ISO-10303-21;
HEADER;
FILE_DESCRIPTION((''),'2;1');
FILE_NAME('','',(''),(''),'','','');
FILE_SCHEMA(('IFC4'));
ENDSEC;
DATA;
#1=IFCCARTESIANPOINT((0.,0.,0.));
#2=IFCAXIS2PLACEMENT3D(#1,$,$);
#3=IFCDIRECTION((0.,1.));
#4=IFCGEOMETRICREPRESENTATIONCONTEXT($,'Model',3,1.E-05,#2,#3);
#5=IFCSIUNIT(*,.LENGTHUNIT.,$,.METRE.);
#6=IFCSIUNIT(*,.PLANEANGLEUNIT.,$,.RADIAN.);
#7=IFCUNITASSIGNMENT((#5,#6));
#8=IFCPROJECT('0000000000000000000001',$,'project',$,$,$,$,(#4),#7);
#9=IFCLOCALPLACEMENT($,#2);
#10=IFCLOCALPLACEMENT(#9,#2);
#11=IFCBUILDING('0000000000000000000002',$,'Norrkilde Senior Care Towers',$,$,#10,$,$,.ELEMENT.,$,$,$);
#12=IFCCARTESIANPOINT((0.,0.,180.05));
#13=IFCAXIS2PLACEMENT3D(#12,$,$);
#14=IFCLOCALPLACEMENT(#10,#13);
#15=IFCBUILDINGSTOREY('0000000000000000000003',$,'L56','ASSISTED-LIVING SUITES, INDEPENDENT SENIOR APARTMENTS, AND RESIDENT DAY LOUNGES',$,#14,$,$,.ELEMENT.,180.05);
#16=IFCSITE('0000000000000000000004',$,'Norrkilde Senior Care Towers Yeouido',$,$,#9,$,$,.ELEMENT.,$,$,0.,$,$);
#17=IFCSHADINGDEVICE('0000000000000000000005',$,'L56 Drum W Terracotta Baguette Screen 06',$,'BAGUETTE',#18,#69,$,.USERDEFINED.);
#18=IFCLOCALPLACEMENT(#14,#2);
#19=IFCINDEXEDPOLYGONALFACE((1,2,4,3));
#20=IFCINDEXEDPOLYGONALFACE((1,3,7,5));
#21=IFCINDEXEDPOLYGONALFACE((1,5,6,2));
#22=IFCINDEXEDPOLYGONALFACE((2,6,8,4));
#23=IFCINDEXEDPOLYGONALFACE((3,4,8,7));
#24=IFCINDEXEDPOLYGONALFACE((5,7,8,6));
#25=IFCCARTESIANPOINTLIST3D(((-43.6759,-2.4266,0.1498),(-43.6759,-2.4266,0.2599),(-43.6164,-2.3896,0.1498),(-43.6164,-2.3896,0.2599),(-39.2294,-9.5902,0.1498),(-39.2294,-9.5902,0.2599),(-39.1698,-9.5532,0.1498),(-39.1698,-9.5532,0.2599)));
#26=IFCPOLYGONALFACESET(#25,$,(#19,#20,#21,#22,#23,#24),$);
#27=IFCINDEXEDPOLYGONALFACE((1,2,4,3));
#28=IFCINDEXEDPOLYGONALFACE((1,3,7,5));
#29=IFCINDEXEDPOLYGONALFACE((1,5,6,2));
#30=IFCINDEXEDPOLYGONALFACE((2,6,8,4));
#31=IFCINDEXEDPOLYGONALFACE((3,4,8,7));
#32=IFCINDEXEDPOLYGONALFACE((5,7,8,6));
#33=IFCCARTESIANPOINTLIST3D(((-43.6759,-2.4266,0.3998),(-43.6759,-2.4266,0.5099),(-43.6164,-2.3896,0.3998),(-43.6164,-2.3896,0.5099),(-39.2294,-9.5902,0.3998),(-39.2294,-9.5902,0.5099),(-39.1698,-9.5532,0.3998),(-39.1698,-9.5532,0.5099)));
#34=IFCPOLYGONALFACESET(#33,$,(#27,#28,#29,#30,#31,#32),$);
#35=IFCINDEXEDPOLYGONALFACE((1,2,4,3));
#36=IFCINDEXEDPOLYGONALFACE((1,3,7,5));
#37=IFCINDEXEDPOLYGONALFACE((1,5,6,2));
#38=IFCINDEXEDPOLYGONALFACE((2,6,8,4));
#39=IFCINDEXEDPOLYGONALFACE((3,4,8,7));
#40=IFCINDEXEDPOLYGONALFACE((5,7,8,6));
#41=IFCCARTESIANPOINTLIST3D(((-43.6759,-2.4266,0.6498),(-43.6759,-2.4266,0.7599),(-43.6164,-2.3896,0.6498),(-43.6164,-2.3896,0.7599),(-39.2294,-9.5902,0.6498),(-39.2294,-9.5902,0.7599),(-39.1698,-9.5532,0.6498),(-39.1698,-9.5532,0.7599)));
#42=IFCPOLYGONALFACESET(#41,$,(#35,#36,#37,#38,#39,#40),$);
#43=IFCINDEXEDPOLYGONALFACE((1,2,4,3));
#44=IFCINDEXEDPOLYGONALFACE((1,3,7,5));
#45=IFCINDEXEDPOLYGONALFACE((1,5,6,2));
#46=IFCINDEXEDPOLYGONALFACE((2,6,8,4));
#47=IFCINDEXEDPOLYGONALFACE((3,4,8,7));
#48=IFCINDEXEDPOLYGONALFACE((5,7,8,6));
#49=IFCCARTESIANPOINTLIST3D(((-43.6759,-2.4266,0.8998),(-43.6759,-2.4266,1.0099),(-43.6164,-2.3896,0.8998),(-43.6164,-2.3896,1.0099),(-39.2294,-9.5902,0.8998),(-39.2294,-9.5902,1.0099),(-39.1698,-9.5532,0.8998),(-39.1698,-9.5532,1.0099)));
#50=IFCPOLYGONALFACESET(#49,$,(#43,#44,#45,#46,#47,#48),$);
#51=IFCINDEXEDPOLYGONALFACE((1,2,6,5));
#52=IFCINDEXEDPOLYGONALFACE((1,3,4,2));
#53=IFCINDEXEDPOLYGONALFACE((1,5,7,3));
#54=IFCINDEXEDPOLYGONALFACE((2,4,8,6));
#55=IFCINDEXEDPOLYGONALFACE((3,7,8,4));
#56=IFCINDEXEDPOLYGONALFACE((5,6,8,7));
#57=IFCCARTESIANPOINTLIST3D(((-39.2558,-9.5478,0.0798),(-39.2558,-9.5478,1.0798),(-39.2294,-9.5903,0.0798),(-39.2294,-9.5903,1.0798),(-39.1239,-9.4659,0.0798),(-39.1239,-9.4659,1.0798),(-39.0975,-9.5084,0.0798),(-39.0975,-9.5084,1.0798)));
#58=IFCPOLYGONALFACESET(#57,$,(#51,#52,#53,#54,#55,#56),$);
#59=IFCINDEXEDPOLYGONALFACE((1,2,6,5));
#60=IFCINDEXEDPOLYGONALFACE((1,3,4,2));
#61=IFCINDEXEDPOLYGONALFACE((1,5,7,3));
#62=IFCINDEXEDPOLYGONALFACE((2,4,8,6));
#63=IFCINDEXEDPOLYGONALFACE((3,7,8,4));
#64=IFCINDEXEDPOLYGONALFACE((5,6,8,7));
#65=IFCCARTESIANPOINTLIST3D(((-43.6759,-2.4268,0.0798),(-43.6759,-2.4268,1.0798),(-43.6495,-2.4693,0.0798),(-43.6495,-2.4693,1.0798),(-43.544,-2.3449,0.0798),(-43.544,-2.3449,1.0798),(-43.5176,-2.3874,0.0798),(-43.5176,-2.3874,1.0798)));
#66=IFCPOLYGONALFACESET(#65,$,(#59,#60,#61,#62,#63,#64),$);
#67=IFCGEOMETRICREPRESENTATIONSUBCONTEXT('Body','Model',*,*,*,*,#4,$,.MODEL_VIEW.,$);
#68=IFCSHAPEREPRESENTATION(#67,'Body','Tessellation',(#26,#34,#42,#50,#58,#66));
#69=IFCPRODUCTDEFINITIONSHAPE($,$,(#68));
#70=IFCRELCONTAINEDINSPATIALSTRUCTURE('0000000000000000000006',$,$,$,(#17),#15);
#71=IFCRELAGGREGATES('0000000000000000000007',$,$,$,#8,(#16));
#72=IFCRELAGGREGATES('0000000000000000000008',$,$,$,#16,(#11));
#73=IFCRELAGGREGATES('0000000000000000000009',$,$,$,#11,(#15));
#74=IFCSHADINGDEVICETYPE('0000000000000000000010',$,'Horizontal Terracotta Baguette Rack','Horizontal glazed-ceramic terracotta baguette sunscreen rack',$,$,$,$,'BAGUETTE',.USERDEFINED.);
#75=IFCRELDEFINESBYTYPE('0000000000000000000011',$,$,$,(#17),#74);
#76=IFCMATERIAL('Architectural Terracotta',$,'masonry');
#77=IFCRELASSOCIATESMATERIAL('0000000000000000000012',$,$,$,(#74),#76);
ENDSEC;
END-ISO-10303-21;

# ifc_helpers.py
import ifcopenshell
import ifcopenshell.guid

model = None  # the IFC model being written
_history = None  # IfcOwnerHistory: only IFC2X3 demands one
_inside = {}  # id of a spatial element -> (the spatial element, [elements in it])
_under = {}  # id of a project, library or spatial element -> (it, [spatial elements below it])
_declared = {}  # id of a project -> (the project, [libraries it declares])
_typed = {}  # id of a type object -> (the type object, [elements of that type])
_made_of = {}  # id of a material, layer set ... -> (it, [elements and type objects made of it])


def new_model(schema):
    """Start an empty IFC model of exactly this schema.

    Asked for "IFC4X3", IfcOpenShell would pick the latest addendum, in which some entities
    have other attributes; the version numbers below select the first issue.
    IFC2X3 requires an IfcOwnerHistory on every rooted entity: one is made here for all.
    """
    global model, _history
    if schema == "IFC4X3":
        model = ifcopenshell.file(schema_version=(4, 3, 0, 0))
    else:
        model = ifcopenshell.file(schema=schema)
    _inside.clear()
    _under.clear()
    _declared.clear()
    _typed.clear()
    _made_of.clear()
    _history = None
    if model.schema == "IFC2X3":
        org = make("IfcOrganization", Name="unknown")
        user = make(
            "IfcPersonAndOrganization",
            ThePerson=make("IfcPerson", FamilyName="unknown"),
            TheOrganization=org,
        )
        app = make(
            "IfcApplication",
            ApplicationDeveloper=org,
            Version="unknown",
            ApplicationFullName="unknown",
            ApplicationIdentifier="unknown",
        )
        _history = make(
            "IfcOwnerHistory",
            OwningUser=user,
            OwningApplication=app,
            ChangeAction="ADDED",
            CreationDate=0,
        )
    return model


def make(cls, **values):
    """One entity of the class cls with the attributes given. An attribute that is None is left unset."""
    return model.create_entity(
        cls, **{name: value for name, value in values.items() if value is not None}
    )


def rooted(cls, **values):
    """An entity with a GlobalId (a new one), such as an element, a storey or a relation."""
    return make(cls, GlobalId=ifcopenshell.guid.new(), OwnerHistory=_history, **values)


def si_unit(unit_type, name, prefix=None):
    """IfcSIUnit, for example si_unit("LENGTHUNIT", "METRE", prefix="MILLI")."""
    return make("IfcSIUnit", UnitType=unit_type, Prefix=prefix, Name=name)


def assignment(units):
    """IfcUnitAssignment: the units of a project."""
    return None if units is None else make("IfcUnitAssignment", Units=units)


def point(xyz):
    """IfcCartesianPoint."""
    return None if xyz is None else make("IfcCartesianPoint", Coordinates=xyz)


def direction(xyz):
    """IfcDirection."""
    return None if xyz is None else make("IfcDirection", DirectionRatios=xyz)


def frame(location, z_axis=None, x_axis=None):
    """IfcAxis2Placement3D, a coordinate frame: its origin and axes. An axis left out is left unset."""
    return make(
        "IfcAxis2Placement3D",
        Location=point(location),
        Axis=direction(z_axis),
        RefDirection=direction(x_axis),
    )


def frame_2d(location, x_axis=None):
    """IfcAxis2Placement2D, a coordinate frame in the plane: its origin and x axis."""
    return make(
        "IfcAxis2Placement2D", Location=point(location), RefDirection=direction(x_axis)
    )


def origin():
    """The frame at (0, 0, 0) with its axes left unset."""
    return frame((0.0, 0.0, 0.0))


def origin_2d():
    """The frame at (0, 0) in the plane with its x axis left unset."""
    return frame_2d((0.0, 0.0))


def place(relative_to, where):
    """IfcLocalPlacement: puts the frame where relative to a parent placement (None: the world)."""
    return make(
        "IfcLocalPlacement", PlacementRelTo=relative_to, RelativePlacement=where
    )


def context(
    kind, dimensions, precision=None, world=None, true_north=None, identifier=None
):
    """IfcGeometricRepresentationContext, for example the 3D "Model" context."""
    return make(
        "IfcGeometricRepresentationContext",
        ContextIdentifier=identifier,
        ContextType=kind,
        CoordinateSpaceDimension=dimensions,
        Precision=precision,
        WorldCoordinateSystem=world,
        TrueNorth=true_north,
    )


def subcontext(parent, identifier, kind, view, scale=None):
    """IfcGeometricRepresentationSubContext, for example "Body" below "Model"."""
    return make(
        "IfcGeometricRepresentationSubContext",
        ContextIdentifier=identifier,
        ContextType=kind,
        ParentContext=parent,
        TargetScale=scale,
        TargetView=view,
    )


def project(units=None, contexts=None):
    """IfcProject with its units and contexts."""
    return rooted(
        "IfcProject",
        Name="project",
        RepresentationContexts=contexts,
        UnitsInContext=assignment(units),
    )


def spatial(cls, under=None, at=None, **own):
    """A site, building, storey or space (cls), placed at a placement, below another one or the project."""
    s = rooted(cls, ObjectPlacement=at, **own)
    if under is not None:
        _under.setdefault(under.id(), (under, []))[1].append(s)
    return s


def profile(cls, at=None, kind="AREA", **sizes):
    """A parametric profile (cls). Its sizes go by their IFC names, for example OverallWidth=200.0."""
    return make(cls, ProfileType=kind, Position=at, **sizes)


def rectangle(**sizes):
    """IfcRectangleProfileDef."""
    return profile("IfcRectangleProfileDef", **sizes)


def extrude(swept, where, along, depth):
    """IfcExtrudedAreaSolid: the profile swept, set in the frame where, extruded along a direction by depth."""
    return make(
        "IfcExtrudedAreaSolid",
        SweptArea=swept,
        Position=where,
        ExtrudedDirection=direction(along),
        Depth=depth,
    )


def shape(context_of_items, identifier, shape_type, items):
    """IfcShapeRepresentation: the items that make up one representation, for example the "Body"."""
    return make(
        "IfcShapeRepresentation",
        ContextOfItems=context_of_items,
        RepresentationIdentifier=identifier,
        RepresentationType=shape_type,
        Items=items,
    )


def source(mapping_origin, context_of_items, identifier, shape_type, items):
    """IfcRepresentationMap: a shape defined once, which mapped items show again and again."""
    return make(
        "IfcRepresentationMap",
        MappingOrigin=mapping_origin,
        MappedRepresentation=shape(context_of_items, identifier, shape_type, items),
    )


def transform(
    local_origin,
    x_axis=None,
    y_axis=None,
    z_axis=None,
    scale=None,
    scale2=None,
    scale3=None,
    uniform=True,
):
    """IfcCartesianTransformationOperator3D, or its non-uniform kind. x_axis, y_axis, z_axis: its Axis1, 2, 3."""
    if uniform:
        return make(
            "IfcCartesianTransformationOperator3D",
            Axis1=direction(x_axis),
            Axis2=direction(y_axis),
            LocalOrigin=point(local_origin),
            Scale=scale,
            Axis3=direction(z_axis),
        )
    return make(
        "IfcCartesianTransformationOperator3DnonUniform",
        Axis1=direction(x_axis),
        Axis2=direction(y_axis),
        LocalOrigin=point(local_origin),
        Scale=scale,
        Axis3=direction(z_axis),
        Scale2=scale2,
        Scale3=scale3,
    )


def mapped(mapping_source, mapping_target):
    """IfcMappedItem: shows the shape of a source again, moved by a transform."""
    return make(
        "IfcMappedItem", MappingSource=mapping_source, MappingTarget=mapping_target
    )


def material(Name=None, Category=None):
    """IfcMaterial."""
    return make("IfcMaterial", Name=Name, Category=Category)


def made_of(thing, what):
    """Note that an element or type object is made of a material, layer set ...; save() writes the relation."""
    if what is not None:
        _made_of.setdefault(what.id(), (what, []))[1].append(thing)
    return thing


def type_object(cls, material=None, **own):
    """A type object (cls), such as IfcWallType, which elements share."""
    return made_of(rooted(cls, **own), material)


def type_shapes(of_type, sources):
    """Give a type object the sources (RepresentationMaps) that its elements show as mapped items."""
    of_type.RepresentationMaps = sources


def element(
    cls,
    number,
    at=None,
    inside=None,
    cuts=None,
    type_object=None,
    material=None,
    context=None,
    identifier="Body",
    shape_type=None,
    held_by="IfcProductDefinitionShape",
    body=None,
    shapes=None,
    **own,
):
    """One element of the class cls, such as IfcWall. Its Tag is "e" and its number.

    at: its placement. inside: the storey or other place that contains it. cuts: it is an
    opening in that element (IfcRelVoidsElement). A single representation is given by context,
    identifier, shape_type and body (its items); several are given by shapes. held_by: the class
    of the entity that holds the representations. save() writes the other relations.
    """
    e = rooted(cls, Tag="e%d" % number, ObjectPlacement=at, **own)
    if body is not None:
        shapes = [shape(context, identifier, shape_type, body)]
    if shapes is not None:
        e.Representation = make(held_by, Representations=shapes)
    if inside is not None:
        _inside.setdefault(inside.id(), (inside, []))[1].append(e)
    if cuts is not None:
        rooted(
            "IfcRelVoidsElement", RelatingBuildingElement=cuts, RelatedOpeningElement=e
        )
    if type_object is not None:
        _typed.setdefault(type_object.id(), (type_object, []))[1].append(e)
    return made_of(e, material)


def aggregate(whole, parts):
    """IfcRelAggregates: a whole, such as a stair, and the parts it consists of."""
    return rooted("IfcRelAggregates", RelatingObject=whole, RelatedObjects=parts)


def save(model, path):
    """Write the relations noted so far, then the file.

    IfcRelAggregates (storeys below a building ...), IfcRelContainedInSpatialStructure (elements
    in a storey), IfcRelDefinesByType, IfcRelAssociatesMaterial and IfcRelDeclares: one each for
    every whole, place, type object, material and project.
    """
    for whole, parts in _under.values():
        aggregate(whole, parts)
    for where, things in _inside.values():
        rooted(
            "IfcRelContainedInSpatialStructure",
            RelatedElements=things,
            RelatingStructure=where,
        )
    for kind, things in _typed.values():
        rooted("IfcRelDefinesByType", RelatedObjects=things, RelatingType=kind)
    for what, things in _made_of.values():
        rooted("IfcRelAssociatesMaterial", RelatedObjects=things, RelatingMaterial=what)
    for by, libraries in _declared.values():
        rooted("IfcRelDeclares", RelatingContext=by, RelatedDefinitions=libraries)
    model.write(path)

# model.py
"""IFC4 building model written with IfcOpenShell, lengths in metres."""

from ifc_helpers import new_model, si_unit, direction, frame, origin, origin_2d, place, context, subcontext, project, spatial, rectangle, extrude, source, transform, mapped, material, type_object, type_shapes, element, save


model = new_model("IFC4")

# Units and contexts
model_context = context("Model", 3, precision=1e-05, world=origin(), true_north=direction((0.0, 1.0)))
body_context = subcontext(model_context, "Body", "Model", "MODEL_VIEW")
ifc_project = project(units=[si_unit("LENGTHUNIT", "METRE"), si_unit("PLANEANGLEUNIT", "RADIAN")], contexts=[model_context])

# Site, building, storey
site_placement = place(None, origin())
site = spatial("IfcSite", under=ifc_project, at=site_placement, Name="Norrkilde Senior Care Towers Yeouido", CompositionType="ELEMENT", RefElevation=0.0)
building_placement = place(site_placement, origin())
building = spatial("IfcBuilding", under=site, at=building_placement, Name="Norrkilde Senior Care Towers", CompositionType="ELEMENT")
storey_placement = place(building_placement, frame((0.0, 0.0, 180.05)))
storey = spatial("IfcBuildingStorey", under=building, at=storey_placement, Name="L56", Description="ASSISTED-LIVING SUITES, INDEPENDENT SENIOR APARTMENTS, AND RESIDENT DAY LOUNGES", CompositionType="ELEMENT", Elevation=180.05)

# Shading device
ifc_material_1 = material(Name="Architectural Terracotta", Category="masonry")
shading_device_type = type_object("IfcShadingDeviceType", Name="Horizontal Terracotta Baguette Rack", Description="Horizontal glazed-ceramic terracotta baguette sunscreen rack", ElementType="BAGUETTE", PredefinedType="USERDEFINED", material=ifc_material_1)
shared_shape_1 = source(origin(), body_context, "Body", "SweptSolid", [
    extrude(rectangle(XDim=0.0701, YDim=0.1101, at=origin_2d()), frame((0.0, 0.0901, 0.125), z_axis=(1.0, 0.0, 0.0), x_axis=(0.0, 1.0, 0.0)), (0.0, 0.0, 1.0), 8.4314),
    extrude(rectangle(XDim=0.0701, YDim=0.1101, at=origin_2d()), frame((0.0, 0.0901, 0.375), z_axis=(1.0, 0.0, 0.0), x_axis=(0.0, 1.0, 0.0)), (0.0, 0.0, 1.0), 8.4314),
    extrude(rectangle(XDim=0.0701, YDim=0.1101, at=origin_2d()), frame((0.0, 0.0901, 0.625), z_axis=(1.0, 0.0, 0.0), x_axis=(0.0, 1.0, 0.0)), (0.0, 0.0, 1.0), 8.4314),
    extrude(rectangle(XDim=0.0701, YDim=0.1101, at=origin_2d()), frame((0.0, 0.0901, 0.875), z_axis=(1.0, 0.0, 0.0), x_axis=(0.0, 1.0, 0.0)), (0.0, 0.0, 1.0), 8.4314),
    extrude(rectangle(XDim=0.05, YDim=0.1553, at=origin_2d()), frame((0.0249, 0.0476, 0.0)), (0.0, 0.0, 1.0), 1.0),
    extrude(rectangle(XDim=0.05, YDim=0.1553, at=origin_2d()), frame((8.4062, 0.0476, 0.0)), (0.0, 0.0, 1.0), 1.0),
])
type_shapes(shading_device_type, [shared_shape_1])
shading_device_placement = place(storey_placement, frame((-39.123, -9.5242, 0.0798), z_axis=(0.0, 0.0, 1.0), x_axis=(-0.527378, 0.849631, 0.0)))
element("IfcShadingDevice", 1, at=shading_device_placement, inside=storey, type_object=shading_device_type, Name="L56 Drum W Terracotta Baguette Screen 06", ObjectType="BAGUETTE", PredefinedType="USERDEFINED", context=body_context, shape_type="MappedRepresentation", body=[
    mapped(shared_shape_1, transform((0.0, 0.0, 0.0), x_axis=(1.0, 0.0, 0.0), y_axis=(0.0, 1.0, 0.0), z_axis=(0.0, 0.0, 1.0), scale=1.0)),
])

save(model, "model.ifc")
